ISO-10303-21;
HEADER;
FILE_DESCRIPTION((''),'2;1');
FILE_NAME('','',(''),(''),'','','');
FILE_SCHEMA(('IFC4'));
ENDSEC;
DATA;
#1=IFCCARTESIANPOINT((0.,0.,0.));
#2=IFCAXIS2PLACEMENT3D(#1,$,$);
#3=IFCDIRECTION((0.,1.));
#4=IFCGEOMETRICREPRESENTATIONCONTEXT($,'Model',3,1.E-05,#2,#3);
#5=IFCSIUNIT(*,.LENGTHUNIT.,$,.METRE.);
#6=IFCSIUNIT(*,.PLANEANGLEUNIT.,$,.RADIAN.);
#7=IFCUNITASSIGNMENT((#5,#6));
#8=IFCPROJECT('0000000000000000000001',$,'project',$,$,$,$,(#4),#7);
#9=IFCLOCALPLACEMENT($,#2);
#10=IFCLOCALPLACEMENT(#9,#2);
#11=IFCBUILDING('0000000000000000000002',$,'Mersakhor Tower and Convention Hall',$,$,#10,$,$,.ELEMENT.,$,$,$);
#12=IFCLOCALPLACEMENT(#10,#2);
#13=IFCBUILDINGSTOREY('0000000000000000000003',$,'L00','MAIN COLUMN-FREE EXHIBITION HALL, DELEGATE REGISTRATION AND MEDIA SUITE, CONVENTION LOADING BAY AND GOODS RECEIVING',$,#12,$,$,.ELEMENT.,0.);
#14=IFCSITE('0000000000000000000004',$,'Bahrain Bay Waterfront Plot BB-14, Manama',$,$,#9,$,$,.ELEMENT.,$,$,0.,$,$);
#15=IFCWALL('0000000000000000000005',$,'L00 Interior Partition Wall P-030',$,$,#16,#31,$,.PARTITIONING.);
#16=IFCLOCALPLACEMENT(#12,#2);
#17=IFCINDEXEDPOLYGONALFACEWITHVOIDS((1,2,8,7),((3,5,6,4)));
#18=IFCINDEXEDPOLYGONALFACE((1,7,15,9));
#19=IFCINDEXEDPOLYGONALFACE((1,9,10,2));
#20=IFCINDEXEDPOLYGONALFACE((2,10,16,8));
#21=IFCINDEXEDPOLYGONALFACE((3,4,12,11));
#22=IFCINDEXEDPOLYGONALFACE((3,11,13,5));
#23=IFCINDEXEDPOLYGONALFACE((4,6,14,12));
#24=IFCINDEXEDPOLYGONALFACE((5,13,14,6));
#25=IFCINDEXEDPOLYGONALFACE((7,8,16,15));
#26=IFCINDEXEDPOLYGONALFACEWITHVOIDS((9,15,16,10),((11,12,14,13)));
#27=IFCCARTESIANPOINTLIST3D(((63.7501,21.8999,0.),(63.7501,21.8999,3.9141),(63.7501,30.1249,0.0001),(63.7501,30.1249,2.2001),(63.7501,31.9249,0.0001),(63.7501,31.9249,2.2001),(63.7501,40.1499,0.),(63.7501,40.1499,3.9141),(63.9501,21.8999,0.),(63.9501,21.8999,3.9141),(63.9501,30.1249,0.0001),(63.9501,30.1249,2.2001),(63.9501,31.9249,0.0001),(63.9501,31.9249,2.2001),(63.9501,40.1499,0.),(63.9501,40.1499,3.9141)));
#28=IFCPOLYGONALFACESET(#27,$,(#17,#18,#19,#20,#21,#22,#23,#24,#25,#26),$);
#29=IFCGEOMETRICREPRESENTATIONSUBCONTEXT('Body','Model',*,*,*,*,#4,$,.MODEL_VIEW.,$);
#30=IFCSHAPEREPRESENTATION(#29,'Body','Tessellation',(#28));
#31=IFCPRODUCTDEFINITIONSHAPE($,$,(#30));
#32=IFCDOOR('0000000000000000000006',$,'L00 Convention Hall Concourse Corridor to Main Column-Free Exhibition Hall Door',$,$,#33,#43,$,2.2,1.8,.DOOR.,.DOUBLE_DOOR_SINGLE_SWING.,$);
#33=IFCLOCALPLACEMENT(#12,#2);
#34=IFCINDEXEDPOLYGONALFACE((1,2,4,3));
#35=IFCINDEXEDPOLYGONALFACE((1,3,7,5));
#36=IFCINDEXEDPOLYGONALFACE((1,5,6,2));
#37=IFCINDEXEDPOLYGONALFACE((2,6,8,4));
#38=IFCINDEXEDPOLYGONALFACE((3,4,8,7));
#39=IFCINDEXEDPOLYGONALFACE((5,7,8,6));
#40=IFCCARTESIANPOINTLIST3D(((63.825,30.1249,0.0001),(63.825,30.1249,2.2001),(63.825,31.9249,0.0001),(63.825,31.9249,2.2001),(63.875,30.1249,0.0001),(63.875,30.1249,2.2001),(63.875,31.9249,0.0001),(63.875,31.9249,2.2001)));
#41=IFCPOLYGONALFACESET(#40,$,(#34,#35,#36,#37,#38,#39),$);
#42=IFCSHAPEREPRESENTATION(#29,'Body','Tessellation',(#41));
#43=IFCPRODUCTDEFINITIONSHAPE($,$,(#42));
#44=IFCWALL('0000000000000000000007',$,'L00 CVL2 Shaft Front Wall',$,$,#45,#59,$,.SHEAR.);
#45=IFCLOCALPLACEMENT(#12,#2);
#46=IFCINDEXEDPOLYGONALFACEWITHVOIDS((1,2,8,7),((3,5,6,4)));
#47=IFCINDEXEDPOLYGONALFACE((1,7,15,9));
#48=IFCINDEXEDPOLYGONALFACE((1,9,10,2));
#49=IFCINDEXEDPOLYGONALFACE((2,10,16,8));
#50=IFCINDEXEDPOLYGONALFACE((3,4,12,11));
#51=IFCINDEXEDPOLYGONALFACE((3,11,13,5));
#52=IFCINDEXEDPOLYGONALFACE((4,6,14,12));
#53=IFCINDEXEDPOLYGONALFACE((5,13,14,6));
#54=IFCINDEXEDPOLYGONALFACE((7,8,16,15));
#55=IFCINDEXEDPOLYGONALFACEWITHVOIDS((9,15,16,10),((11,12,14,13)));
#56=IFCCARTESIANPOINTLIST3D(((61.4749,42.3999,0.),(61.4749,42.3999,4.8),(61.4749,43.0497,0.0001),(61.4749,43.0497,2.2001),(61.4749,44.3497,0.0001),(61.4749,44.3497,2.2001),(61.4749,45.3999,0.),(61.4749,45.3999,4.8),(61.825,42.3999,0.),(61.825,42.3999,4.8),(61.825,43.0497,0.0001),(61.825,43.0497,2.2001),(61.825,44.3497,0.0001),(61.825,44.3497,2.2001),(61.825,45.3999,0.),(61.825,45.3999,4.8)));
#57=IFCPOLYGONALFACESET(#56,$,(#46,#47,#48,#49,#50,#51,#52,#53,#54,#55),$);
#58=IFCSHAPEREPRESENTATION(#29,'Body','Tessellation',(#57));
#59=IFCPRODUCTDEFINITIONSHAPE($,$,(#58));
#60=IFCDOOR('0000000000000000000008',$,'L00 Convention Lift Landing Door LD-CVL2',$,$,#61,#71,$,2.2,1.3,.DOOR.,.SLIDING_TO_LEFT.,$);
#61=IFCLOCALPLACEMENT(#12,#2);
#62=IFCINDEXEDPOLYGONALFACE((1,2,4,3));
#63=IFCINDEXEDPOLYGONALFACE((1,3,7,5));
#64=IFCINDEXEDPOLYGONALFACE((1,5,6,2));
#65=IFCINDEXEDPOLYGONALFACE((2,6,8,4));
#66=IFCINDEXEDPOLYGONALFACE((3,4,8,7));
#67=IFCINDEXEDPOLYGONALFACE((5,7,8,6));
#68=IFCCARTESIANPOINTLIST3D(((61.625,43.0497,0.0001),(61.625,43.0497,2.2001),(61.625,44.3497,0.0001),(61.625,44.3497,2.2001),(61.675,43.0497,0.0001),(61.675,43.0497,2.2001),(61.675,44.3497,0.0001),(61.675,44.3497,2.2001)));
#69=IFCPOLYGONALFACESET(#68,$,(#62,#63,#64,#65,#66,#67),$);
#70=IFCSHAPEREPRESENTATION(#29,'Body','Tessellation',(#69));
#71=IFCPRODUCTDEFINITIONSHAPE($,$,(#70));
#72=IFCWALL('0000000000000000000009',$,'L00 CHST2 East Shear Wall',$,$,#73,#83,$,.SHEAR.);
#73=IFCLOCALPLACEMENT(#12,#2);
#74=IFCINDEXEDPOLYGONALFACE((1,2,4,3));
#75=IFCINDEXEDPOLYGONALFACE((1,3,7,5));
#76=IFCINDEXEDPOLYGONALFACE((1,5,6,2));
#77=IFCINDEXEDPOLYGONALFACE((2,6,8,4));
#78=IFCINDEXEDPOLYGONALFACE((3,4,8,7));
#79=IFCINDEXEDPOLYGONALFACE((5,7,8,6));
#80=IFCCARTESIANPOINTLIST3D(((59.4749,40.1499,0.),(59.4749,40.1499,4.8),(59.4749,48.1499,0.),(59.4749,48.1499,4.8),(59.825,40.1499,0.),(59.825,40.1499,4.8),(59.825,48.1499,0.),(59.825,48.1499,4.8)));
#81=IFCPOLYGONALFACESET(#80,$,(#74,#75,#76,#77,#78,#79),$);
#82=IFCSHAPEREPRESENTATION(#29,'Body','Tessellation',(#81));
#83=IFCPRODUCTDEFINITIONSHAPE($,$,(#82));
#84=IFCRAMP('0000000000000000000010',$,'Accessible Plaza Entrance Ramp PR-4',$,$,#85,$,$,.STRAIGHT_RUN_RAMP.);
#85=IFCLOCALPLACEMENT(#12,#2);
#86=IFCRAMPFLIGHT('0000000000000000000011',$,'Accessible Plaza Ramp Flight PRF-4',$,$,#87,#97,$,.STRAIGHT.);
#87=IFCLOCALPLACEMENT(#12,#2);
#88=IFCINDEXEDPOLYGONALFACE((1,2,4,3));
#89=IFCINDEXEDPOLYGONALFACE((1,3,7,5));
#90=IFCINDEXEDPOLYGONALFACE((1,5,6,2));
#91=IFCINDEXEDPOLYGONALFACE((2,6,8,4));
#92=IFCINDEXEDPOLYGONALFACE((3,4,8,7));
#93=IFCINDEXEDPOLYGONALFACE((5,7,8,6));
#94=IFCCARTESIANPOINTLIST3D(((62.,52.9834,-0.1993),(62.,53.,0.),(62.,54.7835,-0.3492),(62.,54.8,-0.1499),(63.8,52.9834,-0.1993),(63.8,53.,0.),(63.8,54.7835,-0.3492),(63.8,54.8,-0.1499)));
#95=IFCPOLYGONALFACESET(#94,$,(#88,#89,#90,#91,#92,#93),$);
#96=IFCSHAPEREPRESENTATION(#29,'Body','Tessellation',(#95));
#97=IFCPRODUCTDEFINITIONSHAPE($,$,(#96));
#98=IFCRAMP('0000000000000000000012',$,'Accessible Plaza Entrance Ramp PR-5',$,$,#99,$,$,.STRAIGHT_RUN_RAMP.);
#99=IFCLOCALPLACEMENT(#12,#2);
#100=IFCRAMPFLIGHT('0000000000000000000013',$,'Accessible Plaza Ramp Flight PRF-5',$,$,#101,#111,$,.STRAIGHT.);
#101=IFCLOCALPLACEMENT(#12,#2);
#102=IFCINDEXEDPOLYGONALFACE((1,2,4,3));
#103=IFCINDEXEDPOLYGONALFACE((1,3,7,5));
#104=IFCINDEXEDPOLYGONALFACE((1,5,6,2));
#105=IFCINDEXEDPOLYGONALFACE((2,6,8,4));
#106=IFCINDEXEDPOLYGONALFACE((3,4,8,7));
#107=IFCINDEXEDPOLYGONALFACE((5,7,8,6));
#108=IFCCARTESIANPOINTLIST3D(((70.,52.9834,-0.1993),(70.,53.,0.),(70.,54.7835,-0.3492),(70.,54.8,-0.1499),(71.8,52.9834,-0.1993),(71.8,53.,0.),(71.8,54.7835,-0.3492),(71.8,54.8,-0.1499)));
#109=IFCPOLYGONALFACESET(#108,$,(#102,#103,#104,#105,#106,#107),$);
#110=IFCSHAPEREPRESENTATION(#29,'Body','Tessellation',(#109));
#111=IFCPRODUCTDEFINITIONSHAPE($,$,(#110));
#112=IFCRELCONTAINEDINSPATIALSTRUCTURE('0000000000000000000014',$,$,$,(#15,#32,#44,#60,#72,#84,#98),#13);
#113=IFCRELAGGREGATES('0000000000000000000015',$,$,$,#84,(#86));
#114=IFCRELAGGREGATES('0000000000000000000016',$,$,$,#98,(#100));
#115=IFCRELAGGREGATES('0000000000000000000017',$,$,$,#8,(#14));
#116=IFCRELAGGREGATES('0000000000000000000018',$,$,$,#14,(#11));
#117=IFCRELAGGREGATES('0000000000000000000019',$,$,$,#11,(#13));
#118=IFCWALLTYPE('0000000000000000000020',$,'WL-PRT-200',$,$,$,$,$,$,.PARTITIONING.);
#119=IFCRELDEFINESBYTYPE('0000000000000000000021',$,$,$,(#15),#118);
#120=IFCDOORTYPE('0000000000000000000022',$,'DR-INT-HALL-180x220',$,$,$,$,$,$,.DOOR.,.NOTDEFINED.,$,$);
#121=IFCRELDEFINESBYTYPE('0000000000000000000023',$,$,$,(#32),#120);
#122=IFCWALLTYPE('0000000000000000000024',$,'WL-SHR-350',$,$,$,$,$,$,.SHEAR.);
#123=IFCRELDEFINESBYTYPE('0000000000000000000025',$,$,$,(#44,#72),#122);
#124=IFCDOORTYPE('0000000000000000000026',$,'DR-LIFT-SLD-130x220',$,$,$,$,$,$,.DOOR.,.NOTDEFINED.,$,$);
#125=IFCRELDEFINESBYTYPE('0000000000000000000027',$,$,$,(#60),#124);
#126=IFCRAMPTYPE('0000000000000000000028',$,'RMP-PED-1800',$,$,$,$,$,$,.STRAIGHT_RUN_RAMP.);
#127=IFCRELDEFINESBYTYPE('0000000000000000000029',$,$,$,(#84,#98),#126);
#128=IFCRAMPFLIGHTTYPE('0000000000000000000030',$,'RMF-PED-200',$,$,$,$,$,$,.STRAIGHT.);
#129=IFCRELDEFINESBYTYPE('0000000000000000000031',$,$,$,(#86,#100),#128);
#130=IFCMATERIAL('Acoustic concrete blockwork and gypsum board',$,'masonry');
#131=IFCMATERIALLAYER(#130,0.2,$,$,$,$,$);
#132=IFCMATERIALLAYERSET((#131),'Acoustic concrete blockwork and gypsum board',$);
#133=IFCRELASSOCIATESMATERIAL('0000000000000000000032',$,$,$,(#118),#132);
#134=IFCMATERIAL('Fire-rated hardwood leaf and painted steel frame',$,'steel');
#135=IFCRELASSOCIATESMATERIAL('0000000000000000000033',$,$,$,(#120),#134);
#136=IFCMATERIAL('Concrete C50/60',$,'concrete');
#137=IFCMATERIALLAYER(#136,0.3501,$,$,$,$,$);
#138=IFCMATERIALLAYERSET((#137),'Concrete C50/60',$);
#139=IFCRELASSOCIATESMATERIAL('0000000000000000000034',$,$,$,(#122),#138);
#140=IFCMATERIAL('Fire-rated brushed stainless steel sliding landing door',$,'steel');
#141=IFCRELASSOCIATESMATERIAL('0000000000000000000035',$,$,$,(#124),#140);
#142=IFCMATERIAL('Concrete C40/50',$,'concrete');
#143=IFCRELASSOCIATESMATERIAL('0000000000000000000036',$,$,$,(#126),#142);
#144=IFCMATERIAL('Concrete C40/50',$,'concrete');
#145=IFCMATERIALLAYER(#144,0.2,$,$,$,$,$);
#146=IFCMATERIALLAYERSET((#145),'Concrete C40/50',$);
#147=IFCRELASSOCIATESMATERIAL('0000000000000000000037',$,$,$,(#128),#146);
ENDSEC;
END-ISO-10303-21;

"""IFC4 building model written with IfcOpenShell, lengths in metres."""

from ifc_helpers import new_model, si_unit, direction, frame, frame_2d, origin, place, context, subcontext, project, spatial, polyline, rectangle, outline, extrude, material, layer, layer_set, type_object, element, fill, aggregate, save


model = new_model("IFC4")

# Units and contexts
model_context = context("Model", 3, precision=1e-05, world=origin(), true_north=direction((0.0, 1.0)))
body_context = subcontext(model_context, "Body", "Model", "MODEL_VIEW")
ifc_project = project(units=[si_unit("LENGTHUNIT", "METRE"), si_unit("PLANEANGLEUNIT", "RADIAN")], contexts=[model_context])

# Site, building, storey
site_placement = place(None, origin())
site = spatial("IfcSite", under=ifc_project, at=site_placement, Name="Bahrain Bay Waterfront Plot BB-14, Manama", CompositionType="ELEMENT", RefElevation=0.0)
building_placement = place(site_placement, origin())
building = spatial("IfcBuilding", under=site, at=building_placement, Name="Mersakhor Tower and Convention Hall", CompositionType="ELEMENT")
storey_placement = place(building_placement, origin())
storey = spatial("IfcBuildingStorey", under=building, at=storey_placement, Name="L00", Description="MAIN COLUMN-FREE EXHIBITION HALL, DELEGATE REGISTRATION AND MEDIA SUITE, CONVENTION LOADING BAY AND GOODS RECEIVING", CompositionType="ELEMENT", Elevation=0.0)

# Shared definitions
ifc_material_1 = material(Name="Acoustic concrete blockwork and gypsum board", Category="masonry")
ifc_layer_1 = layer(ifc_material_1, 0.2)
ifc_layer_set_1 = layer_set([ifc_layer_1], Name="Acoustic concrete blockwork and gypsum board")
wall_type_1 = type_object("IfcWallType", Name="WL-PRT-200", PredefinedType="PARTITIONING", material=ifc_layer_set_1)

# Walls, openings, doors
wall_1_placement = place(storey_placement, frame((63.8501, 40.1499, 0.0), z_axis=(0.0, 0.0, 1.0), x_axis=(0.0, -1.0, 0.0)))
wall_1 = element("IfcWall", 1, at=wall_1_placement, inside=storey, type_object=wall_type_1, Name="L00 Interior Partition Wall P-030", PredefinedType="PARTITIONING", context=body_context, shape_type="SweptSolid", body=[
    extrude(rectangle(XDim=18.25, YDim=0.2, at=frame_2d((9.125, 0.0))), origin(), (0.0, 0.0, 1.0), 3.9141),
])
opening_1_placement = place(wall_1_placement, frame((8.2251, 0.0, 0.0)))
opening_1 = element("IfcOpeningElement", 2, at=opening_1_placement, cuts=wall_1, PredefinedType="OPENING", context=body_context, shape_type="SweptSolid", body=[
    extrude(rectangle(XDim=1.8, YDim=2.2, at=frame_2d((0.8999, 1.1001))), frame((0.0, 0.1099, 0.0), z_axis=(0.0, -1.0, 0.0), x_axis=(1.0, 0.0, 0.0)), (0.0, 0.0, 1.0), 0.22),
])
ifc_material_2 = material(Name="Fire-rated hardwood leaf and painted steel frame", Category="steel")
door_type_1 = type_object("IfcDoorType", Name="DR-INT-HALL-180x220", OperationType="NOTDEFINED", PredefinedType="DOOR", material=ifc_material_2)
door_1_placement = place(opening_1_placement, origin())
door_1 = element("IfcDoor", 3, at=door_1_placement, inside=storey, type_object=door_type_1, Name="L00 Convention Hall Concourse Corridor to Main Column-Free Exhibition Hall Door", OperationType="DOUBLE_DOOR_SINGLE_SWING", OverallHeight=2.2, OverallWidth=1.8, PredefinedType="DOOR", context=body_context, shape_type="SweptSolid", body=[
    extrude(rectangle(XDim=1.8, YDim=2.2, at=frame_2d((0.8999, 1.1001))), frame((0.0, 0.0249, 0.0), z_axis=(0.0, -1.0, 0.0), x_axis=(1.0, 0.0, 0.0)), (0.0, 0.0, 1.0), 0.05),
])
fill(opening_1, door_1)
ifc_material_3 = material(Name="Concrete C50/60", Category="concrete")
ifc_layer_2 = layer(ifc_material_3, 0.3501)
ifc_layer_set_2 = layer_set([ifc_layer_2], Name="Concrete C50/60")
wall_type_2 = type_object("IfcWallType", Name="WL-SHR-350", PredefinedType="SHEAR", material=ifc_layer_set_2)
wall_2_placement = place(storey_placement, frame((61.6499, 42.3999, 0.0), z_axis=(0.0, 0.0, 1.0), x_axis=(0.0, 1.0, 0.0)))
wall_2 = element("IfcWall", 4, at=wall_2_placement, inside=storey, type_object=wall_type_2, Name="L00 CVL2 Shaft Front Wall", PredefinedType="SHEAR", context=body_context, shape_type="SweptSolid", body=[
    extrude(rectangle(XDim=3.0, YDim=0.3501, at=frame_2d((1.5, 0.0))), origin(), (0.0, 0.0, 1.0), 4.8),
])
opening_2_placement = place(wall_2_placement, frame((0.6499, 0.0, 0.0)))
opening_2 = element("IfcOpeningElement", 5, at=opening_2_placement, cuts=wall_2, PredefinedType="OPENING", context=body_context, shape_type="SweptSolid", body=[
    extrude(rectangle(XDim=1.3, YDim=2.2, at=frame_2d((0.6499, 1.1001))), frame((0.0, 0.1851, 0.0), z_axis=(0.0, -1.0, 0.0), x_axis=(1.0, 0.0, 0.0)), (0.0, 0.0, 1.0), 0.3701),
])
ifc_material_4 = material(Name="Fire-rated brushed stainless steel sliding landing door", Category="steel")
door_type_2 = type_object("IfcDoorType", Name="DR-LIFT-SLD-130x220", OperationType="NOTDEFINED", PredefinedType="DOOR", material=ifc_material_4)
door_2_placement = place(opening_2_placement, origin())
door_2 = element("IfcDoor", 6, at=door_2_placement, inside=storey, type_object=door_type_2, Name="L00 Convention Lift Landing Door LD-CVL2", OperationType="SLIDING_TO_LEFT", OverallHeight=2.2, OverallWidth=1.3, PredefinedType="DOOR", context=body_context, shape_type="SweptSolid", body=[
    extrude(rectangle(XDim=1.3, YDim=2.2, at=frame_2d((0.6499, 1.1001))), frame((0.0, 0.0249, 0.0), z_axis=(0.0, -1.0, 0.0), x_axis=(1.0, 0.0, 0.0)), (0.0, 0.0, 1.0), 0.05),
])
fill(opening_2, door_2)

# Wall
wall_3_placement = place(storey_placement, frame((59.6499, 48.1499, 0.0), z_axis=(0.0, 0.0, 1.0), x_axis=(0.0, -1.0, 0.0)))
element("IfcWall", 7, at=wall_3_placement, inside=storey, type_object=wall_type_2, Name="L00 CHST2 East Shear Wall", PredefinedType="SHEAR", context=body_context, shape_type="SweptSolid", body=[
    extrude(rectangle(XDim=8.0, YDim=0.3501, at=frame_2d((4.0, 0.0))), origin(), (0.0, 0.0, 1.0), 4.8),
])

# Ramps, ramp flights
ifc_material_5 = material(Name="Concrete C40/50", Category="concrete")
ramp_type = type_object("IfcRampType", Name="RMP-PED-1800", PredefinedType="STRAIGHT_RUN_RAMP", material=ifc_material_5)
ramp_1_placement = place(storey_placement, origin())
ramp_1 = element("IfcRamp", 8, at=ramp_1_placement, inside=storey, type_object=ramp_type, Name="Accessible Plaza Entrance Ramp PR-4", PredefinedType="STRAIGHT_RUN_RAMP")
ifc_material_6 = material(Name="Concrete C40/50", Category="concrete")
ifc_layer_3 = layer(ifc_material_6, 0.2)
ifc_layer_set_3 = layer_set([ifc_layer_3], Name="Concrete C40/50")
ramp_flight_type = type_object("IfcRampFlightType", Name="RMF-PED-200", PredefinedType="STRAIGHT", material=ifc_layer_set_3)
ramp_flight_1_placement = place(storey_placement, frame((62.0, 54.8, -0.1499), z_axis=(0.0, 0.08299, 0.99655), x_axis=(1.0, 0.0, 0.0)))
ramp_flight_1 = element("IfcRampFlight", 9, at=ramp_flight_1_placement, type_object=ramp_flight_type, Name="Accessible Plaza Ramp Flight PRF-4", PredefinedType="STRAIGHT", context=body_context, shape_type="SweptSolid", body=[
    extrude(outline(polyline([(0.0, 0.0), (1.8, 0.0), (1.8, -1.8063), (0.0, -1.8063), (0.0, 0.0)])), origin(), (0.0, 0.0, -1.0), 0.2),
])
aggregate(ramp_1, [ramp_flight_1])
ramp_2_placement = place(storey_placement, origin())
ramp_2 = element("IfcRamp", 10, at=ramp_2_placement, inside=storey, type_object=ramp_type, Name="Accessible Plaza Entrance Ramp PR-5", PredefinedType="STRAIGHT_RUN_RAMP")
ramp_flight_2_placement = place(storey_placement, frame((70.0, 54.8, -0.1499), z_axis=(0.0, 0.08299, 0.99655), x_axis=(1.0, 0.0, 0.0)))
ramp_flight_2 = element("IfcRampFlight", 11, at=ramp_flight_2_placement, type_object=ramp_flight_type, Name="Accessible Plaza Ramp Flight PRF-5", PredefinedType="STRAIGHT", context=body_context, shape_type="SweptSolid", body=[
    extrude(outline(polyline([(0.0, 0.0), (1.8, 0.0), (1.8, -1.8063), (0.0, -1.8063), (0.0, 0.0)])), origin(), (0.0, 0.0, -1.0), 0.2),
])
aggregate(ramp_2, [ramp_flight_2])

save(model, "model.ifc")
